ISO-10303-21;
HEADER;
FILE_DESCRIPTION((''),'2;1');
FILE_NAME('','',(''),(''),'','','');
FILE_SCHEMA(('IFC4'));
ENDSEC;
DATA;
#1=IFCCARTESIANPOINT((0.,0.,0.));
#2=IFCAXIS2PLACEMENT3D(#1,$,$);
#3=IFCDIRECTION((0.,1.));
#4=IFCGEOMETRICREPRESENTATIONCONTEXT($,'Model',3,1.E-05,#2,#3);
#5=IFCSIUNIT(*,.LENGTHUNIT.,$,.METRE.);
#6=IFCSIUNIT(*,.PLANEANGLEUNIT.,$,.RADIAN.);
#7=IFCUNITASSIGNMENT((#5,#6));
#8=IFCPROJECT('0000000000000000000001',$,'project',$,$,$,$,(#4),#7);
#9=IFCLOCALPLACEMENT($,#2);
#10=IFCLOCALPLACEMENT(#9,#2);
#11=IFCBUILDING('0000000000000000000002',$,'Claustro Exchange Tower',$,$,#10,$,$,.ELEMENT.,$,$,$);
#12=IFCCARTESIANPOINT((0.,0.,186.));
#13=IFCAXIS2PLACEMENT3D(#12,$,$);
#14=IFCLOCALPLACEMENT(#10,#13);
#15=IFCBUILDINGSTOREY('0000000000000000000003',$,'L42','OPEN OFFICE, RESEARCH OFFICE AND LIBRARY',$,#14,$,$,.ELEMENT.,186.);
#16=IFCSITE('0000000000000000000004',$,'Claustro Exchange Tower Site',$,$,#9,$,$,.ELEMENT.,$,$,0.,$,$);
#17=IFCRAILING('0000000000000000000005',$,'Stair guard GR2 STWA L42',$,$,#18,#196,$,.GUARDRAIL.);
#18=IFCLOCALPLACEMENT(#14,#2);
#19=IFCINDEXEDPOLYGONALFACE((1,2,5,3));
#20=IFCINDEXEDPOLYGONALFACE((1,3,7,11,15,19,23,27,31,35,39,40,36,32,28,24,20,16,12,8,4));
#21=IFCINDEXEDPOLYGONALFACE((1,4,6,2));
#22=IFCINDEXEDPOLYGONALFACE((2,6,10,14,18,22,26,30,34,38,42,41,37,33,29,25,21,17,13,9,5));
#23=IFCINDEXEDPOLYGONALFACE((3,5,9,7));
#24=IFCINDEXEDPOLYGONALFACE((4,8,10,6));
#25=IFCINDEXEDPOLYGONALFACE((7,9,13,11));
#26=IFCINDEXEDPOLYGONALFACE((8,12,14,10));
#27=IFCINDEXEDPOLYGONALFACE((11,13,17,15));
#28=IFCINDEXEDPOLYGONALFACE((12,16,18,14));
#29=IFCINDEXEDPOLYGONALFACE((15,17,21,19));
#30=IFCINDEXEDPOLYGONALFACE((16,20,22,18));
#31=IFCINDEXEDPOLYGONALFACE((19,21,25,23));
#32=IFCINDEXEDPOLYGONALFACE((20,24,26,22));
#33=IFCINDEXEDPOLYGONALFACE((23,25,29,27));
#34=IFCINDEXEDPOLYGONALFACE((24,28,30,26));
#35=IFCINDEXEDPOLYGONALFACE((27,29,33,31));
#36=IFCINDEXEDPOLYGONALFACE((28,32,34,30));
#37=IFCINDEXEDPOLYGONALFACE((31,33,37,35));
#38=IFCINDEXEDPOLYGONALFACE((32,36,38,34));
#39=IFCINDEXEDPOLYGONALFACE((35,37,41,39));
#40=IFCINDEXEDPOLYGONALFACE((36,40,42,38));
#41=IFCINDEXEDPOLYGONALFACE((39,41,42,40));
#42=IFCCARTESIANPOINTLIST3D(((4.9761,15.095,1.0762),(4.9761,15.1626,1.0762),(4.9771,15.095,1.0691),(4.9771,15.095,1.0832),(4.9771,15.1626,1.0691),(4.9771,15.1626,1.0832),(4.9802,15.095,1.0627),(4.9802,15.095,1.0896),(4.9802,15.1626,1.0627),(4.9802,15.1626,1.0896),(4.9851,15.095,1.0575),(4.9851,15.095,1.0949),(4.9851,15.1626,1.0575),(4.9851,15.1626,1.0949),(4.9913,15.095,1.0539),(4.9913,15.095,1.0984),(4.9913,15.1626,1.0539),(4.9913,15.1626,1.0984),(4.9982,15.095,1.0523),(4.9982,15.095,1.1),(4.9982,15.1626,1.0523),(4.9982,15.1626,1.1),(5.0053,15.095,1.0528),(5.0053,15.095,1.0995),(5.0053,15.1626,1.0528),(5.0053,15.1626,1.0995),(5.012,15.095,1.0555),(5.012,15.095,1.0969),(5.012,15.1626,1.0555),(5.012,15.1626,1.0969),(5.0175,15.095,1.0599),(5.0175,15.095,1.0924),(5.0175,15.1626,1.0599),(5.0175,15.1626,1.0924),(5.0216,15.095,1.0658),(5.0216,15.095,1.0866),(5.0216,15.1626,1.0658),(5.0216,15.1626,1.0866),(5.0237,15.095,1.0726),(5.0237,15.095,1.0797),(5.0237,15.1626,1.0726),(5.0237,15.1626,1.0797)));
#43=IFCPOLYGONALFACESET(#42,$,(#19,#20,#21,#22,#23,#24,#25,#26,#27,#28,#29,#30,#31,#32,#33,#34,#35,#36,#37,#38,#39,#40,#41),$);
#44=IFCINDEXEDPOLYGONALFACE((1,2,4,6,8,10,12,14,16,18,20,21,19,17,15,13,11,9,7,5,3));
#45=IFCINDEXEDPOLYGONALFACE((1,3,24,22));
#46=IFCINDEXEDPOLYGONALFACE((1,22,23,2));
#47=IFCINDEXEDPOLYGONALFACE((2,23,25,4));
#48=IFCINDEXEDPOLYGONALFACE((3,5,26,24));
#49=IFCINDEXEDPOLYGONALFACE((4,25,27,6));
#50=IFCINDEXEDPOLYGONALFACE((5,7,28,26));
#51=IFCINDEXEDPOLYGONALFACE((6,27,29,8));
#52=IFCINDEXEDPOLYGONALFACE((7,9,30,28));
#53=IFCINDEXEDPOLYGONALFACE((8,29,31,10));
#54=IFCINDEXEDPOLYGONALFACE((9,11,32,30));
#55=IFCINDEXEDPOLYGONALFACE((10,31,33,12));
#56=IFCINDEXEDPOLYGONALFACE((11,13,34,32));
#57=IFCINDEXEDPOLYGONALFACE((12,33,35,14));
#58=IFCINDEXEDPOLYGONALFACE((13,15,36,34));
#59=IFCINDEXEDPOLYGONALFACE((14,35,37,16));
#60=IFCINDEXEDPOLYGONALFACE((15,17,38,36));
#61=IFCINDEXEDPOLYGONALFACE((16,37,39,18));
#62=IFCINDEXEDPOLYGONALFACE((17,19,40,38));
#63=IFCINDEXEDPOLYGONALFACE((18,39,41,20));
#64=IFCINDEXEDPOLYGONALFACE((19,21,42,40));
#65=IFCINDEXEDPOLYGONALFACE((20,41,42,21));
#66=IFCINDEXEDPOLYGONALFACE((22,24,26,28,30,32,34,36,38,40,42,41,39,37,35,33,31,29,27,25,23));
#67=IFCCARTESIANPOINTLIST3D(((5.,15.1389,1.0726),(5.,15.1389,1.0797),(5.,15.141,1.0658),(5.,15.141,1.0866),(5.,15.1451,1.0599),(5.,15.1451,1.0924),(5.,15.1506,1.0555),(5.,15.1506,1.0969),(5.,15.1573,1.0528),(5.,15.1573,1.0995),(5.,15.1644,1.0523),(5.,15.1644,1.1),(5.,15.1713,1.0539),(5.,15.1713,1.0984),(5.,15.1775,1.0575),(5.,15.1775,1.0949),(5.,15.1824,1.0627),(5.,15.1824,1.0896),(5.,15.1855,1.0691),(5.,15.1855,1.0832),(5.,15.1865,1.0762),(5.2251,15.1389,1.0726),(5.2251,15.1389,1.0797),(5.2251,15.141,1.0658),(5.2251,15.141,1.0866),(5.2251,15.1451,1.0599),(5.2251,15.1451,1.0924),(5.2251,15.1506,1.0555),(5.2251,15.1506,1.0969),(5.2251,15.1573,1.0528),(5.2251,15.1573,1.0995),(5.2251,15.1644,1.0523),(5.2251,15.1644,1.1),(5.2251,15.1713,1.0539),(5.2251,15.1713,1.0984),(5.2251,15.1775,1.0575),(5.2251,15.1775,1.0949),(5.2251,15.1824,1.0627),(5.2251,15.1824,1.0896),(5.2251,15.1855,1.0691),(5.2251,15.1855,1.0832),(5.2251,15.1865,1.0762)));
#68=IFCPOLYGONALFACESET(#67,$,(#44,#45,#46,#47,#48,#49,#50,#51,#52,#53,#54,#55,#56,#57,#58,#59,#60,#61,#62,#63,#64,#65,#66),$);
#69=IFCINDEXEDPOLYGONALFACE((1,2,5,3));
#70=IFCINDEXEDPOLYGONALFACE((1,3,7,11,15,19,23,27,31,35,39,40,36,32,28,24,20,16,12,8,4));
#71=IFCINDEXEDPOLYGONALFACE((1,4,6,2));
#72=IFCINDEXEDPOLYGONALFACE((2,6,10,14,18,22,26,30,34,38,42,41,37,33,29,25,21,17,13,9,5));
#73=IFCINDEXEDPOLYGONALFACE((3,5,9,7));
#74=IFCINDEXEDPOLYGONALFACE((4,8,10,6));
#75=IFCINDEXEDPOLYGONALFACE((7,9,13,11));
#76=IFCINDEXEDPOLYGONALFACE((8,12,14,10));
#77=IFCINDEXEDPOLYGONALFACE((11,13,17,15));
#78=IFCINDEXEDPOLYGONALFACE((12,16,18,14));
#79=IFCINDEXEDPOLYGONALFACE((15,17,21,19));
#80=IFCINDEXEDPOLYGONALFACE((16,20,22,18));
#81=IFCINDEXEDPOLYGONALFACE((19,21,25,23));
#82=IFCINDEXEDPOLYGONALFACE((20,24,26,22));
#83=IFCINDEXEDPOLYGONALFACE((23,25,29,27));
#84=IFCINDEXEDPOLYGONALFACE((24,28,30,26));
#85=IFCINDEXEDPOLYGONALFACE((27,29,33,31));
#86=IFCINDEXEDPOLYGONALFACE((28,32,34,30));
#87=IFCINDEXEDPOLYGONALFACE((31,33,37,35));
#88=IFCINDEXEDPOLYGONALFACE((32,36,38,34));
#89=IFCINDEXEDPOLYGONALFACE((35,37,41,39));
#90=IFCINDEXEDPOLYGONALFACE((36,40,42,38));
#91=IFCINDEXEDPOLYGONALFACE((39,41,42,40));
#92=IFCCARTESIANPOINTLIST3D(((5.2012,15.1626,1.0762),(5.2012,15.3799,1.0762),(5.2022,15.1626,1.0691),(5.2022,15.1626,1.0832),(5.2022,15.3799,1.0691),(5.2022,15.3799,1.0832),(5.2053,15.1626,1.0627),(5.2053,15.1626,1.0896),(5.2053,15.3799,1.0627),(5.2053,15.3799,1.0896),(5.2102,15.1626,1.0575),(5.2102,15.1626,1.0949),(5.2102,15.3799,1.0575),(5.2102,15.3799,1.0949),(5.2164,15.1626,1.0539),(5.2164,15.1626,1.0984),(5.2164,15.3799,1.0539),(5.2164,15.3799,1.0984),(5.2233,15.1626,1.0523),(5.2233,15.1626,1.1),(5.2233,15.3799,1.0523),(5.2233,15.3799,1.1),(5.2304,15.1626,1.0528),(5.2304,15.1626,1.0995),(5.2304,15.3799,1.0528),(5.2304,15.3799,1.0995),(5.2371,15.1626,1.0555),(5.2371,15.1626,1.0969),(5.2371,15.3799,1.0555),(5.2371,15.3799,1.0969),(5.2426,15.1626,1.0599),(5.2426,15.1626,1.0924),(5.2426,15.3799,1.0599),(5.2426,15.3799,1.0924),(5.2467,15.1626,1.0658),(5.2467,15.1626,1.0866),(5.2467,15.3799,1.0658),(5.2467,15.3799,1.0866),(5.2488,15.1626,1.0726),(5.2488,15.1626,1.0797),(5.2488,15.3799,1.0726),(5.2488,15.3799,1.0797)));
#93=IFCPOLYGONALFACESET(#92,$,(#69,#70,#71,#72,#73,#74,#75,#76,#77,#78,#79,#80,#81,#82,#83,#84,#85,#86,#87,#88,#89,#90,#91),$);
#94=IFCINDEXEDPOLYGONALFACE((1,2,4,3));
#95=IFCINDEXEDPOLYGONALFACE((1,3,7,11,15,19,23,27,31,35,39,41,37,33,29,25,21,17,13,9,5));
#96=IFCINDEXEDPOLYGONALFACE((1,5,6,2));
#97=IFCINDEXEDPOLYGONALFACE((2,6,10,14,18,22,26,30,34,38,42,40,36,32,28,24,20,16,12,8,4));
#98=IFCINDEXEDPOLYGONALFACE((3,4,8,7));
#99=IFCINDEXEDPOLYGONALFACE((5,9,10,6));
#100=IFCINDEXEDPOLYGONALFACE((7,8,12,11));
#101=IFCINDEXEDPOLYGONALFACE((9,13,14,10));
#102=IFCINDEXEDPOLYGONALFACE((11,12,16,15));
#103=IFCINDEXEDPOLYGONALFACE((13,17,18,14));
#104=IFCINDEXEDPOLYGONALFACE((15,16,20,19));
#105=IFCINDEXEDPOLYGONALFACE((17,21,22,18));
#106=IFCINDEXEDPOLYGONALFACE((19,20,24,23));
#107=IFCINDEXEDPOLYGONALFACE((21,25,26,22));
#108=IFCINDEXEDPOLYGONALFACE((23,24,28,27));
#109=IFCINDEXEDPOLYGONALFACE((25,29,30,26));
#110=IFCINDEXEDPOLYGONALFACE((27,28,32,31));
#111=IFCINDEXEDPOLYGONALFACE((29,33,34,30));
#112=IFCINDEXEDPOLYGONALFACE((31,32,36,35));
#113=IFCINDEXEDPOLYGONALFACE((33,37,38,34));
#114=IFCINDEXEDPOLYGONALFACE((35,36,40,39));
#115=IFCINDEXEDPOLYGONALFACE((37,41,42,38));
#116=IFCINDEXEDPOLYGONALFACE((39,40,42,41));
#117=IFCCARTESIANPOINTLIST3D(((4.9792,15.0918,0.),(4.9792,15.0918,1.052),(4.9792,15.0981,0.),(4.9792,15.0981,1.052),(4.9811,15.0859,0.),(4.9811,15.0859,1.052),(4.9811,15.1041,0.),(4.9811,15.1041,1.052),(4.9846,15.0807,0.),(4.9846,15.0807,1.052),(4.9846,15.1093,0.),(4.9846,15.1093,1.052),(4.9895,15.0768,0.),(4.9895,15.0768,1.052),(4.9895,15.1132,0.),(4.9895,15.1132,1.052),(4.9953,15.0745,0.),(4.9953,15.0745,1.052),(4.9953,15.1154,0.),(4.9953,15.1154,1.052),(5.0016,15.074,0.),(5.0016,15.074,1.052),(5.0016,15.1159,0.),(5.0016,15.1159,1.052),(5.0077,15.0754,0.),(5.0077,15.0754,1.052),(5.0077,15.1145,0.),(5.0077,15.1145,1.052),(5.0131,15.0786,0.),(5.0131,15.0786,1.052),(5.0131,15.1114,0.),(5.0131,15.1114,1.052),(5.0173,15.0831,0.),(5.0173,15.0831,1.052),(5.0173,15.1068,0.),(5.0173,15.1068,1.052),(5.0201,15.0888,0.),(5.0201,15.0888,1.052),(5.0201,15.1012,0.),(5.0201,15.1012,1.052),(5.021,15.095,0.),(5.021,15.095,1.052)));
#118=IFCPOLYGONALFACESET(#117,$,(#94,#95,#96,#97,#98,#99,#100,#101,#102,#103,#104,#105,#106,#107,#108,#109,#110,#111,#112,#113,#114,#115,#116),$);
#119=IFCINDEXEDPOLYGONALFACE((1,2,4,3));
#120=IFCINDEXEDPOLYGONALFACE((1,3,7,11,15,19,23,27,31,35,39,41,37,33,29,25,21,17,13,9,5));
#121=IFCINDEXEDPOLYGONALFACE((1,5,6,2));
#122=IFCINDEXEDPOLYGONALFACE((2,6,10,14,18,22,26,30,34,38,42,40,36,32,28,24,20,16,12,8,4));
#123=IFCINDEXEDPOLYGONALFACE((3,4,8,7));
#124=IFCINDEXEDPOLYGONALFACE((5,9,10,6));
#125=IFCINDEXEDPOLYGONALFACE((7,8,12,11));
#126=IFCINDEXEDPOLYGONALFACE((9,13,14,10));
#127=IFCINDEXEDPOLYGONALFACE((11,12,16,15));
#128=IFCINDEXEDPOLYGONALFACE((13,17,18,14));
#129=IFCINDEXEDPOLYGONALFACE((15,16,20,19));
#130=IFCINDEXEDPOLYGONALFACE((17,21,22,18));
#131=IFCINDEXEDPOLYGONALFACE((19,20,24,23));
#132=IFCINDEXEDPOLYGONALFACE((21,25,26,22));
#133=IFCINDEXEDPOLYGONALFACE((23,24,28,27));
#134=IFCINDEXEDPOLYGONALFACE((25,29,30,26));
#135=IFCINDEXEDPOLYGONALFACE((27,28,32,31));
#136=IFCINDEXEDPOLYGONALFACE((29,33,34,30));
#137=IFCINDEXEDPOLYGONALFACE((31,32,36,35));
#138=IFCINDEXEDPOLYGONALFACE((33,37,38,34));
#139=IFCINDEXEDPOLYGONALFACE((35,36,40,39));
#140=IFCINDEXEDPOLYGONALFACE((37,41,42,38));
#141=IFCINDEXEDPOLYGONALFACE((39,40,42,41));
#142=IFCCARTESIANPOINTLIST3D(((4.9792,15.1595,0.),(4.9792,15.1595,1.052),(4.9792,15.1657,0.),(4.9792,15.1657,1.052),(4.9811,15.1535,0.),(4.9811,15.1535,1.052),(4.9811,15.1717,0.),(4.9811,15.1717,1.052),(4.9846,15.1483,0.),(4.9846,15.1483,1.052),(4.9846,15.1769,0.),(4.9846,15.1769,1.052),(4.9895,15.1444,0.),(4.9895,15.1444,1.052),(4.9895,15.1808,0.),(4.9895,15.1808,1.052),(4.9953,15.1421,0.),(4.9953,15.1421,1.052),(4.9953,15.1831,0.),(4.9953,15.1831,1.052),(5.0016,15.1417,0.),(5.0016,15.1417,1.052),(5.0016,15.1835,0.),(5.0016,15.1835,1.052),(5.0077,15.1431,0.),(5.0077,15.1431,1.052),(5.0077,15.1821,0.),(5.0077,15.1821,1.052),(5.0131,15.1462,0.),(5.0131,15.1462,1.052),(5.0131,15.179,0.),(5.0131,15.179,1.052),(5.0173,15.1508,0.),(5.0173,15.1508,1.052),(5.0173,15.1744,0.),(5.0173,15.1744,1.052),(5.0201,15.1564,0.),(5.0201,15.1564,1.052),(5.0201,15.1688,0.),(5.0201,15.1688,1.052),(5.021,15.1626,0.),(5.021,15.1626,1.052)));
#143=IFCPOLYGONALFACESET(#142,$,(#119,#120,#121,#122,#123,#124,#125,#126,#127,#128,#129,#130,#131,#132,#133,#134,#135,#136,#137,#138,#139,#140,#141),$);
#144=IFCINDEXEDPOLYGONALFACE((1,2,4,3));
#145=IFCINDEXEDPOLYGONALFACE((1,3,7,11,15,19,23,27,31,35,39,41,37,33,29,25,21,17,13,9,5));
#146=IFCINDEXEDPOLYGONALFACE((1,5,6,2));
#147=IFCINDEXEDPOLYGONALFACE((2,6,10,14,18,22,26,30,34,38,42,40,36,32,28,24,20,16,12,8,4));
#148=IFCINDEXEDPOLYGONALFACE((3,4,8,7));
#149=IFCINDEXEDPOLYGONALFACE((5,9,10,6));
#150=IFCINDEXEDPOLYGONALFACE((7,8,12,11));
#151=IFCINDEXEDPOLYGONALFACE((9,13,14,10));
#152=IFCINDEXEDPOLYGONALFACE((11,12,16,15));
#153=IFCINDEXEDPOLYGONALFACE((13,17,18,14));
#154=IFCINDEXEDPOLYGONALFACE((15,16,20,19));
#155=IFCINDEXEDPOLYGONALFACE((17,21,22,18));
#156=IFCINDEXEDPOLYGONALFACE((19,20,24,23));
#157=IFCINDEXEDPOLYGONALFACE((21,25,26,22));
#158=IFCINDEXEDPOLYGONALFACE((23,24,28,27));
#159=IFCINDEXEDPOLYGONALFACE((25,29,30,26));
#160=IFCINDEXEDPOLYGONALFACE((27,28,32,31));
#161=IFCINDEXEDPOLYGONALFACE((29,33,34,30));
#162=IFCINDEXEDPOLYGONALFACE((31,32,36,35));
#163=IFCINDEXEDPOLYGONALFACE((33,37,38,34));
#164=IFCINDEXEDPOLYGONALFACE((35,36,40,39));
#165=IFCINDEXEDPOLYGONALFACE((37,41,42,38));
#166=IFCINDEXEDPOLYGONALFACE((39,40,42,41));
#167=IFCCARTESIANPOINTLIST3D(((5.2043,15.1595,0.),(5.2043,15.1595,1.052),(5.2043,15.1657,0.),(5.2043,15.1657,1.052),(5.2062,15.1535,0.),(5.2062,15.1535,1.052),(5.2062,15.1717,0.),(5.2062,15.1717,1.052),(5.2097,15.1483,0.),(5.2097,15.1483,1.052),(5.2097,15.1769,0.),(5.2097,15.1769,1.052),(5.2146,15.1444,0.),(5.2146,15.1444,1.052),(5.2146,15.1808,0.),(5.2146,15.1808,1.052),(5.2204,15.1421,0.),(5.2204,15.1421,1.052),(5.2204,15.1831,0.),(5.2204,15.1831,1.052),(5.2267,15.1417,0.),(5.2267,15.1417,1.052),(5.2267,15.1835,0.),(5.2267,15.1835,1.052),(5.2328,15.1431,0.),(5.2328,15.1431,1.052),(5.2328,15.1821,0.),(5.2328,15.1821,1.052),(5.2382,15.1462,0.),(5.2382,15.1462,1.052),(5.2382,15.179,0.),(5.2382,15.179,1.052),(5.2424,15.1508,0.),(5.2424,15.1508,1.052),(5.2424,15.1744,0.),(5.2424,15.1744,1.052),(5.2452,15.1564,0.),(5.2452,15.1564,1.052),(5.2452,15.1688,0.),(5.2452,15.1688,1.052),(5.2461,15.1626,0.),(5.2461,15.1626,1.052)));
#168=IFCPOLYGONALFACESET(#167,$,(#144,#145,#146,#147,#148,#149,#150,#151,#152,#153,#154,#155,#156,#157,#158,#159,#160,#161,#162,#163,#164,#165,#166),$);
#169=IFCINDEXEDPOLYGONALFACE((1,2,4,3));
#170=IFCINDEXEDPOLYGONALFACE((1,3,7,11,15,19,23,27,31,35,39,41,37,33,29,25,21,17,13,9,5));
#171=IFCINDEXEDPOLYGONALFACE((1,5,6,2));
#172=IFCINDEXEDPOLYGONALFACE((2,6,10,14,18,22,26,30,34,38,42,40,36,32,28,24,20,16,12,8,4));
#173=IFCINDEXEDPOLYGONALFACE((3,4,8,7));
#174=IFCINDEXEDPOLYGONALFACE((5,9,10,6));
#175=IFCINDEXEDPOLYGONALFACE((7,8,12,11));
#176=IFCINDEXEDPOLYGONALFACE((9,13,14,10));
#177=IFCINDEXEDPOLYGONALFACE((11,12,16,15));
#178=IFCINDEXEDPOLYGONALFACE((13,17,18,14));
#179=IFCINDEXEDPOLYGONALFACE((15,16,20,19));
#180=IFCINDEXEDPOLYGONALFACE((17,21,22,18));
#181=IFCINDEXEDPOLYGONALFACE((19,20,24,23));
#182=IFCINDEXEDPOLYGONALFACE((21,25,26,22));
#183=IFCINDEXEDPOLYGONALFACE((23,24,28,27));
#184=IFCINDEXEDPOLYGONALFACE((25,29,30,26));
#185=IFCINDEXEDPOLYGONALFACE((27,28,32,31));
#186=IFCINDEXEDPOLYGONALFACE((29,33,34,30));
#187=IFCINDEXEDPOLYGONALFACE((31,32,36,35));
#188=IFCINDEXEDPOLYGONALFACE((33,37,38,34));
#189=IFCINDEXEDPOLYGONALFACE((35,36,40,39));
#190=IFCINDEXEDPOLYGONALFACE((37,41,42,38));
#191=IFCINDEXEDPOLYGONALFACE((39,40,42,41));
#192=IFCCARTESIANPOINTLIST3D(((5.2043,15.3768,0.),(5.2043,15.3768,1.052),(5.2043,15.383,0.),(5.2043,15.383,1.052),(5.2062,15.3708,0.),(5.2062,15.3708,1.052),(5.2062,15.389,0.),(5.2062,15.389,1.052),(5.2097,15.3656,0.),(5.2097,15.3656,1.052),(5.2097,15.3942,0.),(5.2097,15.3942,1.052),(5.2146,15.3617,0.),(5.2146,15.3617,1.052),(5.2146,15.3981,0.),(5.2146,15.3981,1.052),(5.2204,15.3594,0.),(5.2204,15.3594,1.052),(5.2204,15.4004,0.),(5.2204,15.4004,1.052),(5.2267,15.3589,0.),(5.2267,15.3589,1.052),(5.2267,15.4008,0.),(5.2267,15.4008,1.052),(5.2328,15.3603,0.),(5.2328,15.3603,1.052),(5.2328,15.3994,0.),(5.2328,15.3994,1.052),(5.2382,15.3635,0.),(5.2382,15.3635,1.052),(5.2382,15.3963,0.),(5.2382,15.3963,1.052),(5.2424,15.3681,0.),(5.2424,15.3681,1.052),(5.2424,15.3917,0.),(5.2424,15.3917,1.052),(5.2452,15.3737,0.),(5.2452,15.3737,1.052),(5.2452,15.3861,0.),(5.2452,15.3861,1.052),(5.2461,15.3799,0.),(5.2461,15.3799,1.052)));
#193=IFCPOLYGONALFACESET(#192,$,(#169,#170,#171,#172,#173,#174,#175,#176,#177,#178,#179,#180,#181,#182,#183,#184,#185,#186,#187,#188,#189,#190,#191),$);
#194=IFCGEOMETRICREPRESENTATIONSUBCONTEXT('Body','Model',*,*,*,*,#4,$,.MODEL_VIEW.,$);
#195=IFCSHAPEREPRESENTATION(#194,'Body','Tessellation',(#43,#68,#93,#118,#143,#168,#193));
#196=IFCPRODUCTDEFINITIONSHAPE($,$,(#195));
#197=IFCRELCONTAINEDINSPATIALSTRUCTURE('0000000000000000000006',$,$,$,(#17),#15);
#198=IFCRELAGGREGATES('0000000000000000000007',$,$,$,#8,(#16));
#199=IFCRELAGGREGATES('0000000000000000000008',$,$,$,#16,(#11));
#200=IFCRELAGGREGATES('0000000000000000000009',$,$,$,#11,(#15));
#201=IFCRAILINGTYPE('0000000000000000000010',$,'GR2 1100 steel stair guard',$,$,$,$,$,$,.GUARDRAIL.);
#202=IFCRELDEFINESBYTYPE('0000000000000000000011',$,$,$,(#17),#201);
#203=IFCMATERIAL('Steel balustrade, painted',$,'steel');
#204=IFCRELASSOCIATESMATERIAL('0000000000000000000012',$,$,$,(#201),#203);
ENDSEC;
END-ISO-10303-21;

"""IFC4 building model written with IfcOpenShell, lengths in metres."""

from ifc_helpers import new_model, si_unit, direction, frame, origin, origin_2d, place, context, subcontext, project, spatial, circle, extrude, material, type_object, element, save


model = new_model("IFC4")

# Units and contexts
model_context = context("Model", 3, precision=1e-05, world=origin(), true_north=direction((0.0, 1.0)))
body_context = subcontext(model_context, "Body", "Model", "MODEL_VIEW")
ifc_project = project(units=[si_unit("LENGTHUNIT", "METRE"), si_unit("PLANEANGLEUNIT", "RADIAN")], contexts=[model_context])

# Site, building, storey
site_placement = place(None, origin())
site = spatial("IfcSite", under=ifc_project, at=site_placement, Name="Claustro Exchange Tower Site", CompositionType="ELEMENT", RefElevation=0.0)
building_placement = place(site_placement, origin())
building = spatial("IfcBuilding", under=site, at=building_placement, Name="Claustro Exchange Tower", CompositionType="ELEMENT")
storey_placement = place(building_placement, frame((0.0, 0.0, 186.0)))
storey = spatial("IfcBuildingStorey", under=building, at=storey_placement, Name="L42", Description="OPEN OFFICE, RESEARCH OFFICE AND LIBRARY", CompositionType="ELEMENT", Elevation=186.0)

# Railing
ifc_material_1 = material(Name="Steel balustrade, painted", Category="steel")
railing_type_1 = type_object("IfcRailingType", Name="GR2 1100 steel stair guard", PredefinedType="GUARDRAIL", material=ifc_material_1)
railing_1_placement = place(storey_placement, frame((5.0, 15.095, 0.0)))
element("IfcRailing", 1, at=railing_1_placement, inside=storey, type_object=railing_type_1, Name="Stair guard GR2 STWA L42", PredefinedType="GUARDRAIL", context=body_context, shape_type="SweptSolid", body=[
    extrude(circle(Radius=0.0239, at=origin_2d()), frame((0.0, 0.0, 1.0762), z_axis=(0.0, 1.0, 0.0), x_axis=(-1.0, 0.0, 0.0)), (0.0, 0.0, 1.0), 0.0676),
    extrude(circle(Radius=0.0239, at=origin_2d()), frame((0.0, 0.0676, 1.0762), z_axis=(1.0, 0.0, 0.0), x_axis=(0.0, 1.0, 0.0)), (0.0, 0.0, 1.0), 0.2251),
    extrude(circle(Radius=0.0239, at=origin_2d()), frame((0.2251, 0.0676, 1.0762), z_axis=(0.0, 1.0, 0.0), x_axis=(-1.0, 0.0, 0.0)), (0.0, 0.0, 1.0), 0.2173),
    extrude(circle(Radius=0.021, at=origin_2d()), origin(), (0.0, 0.0, 1.0), 1.052),
    extrude(circle(Radius=0.021, at=origin_2d()), frame((0.0, 0.0676, 0.0)), (0.0, 0.0, 1.0), 1.052),
    extrude(circle(Radius=0.021, at=origin_2d()), frame((0.2251, 0.0676, 0.0)), (0.0, 0.0, 1.0), 1.052),
    extrude(circle(Radius=0.021, at=origin_2d()), frame((0.2251, 0.2849, 0.0)), (0.0, 0.0, 1.0), 1.052),
])

save(model, "model.ifc")
